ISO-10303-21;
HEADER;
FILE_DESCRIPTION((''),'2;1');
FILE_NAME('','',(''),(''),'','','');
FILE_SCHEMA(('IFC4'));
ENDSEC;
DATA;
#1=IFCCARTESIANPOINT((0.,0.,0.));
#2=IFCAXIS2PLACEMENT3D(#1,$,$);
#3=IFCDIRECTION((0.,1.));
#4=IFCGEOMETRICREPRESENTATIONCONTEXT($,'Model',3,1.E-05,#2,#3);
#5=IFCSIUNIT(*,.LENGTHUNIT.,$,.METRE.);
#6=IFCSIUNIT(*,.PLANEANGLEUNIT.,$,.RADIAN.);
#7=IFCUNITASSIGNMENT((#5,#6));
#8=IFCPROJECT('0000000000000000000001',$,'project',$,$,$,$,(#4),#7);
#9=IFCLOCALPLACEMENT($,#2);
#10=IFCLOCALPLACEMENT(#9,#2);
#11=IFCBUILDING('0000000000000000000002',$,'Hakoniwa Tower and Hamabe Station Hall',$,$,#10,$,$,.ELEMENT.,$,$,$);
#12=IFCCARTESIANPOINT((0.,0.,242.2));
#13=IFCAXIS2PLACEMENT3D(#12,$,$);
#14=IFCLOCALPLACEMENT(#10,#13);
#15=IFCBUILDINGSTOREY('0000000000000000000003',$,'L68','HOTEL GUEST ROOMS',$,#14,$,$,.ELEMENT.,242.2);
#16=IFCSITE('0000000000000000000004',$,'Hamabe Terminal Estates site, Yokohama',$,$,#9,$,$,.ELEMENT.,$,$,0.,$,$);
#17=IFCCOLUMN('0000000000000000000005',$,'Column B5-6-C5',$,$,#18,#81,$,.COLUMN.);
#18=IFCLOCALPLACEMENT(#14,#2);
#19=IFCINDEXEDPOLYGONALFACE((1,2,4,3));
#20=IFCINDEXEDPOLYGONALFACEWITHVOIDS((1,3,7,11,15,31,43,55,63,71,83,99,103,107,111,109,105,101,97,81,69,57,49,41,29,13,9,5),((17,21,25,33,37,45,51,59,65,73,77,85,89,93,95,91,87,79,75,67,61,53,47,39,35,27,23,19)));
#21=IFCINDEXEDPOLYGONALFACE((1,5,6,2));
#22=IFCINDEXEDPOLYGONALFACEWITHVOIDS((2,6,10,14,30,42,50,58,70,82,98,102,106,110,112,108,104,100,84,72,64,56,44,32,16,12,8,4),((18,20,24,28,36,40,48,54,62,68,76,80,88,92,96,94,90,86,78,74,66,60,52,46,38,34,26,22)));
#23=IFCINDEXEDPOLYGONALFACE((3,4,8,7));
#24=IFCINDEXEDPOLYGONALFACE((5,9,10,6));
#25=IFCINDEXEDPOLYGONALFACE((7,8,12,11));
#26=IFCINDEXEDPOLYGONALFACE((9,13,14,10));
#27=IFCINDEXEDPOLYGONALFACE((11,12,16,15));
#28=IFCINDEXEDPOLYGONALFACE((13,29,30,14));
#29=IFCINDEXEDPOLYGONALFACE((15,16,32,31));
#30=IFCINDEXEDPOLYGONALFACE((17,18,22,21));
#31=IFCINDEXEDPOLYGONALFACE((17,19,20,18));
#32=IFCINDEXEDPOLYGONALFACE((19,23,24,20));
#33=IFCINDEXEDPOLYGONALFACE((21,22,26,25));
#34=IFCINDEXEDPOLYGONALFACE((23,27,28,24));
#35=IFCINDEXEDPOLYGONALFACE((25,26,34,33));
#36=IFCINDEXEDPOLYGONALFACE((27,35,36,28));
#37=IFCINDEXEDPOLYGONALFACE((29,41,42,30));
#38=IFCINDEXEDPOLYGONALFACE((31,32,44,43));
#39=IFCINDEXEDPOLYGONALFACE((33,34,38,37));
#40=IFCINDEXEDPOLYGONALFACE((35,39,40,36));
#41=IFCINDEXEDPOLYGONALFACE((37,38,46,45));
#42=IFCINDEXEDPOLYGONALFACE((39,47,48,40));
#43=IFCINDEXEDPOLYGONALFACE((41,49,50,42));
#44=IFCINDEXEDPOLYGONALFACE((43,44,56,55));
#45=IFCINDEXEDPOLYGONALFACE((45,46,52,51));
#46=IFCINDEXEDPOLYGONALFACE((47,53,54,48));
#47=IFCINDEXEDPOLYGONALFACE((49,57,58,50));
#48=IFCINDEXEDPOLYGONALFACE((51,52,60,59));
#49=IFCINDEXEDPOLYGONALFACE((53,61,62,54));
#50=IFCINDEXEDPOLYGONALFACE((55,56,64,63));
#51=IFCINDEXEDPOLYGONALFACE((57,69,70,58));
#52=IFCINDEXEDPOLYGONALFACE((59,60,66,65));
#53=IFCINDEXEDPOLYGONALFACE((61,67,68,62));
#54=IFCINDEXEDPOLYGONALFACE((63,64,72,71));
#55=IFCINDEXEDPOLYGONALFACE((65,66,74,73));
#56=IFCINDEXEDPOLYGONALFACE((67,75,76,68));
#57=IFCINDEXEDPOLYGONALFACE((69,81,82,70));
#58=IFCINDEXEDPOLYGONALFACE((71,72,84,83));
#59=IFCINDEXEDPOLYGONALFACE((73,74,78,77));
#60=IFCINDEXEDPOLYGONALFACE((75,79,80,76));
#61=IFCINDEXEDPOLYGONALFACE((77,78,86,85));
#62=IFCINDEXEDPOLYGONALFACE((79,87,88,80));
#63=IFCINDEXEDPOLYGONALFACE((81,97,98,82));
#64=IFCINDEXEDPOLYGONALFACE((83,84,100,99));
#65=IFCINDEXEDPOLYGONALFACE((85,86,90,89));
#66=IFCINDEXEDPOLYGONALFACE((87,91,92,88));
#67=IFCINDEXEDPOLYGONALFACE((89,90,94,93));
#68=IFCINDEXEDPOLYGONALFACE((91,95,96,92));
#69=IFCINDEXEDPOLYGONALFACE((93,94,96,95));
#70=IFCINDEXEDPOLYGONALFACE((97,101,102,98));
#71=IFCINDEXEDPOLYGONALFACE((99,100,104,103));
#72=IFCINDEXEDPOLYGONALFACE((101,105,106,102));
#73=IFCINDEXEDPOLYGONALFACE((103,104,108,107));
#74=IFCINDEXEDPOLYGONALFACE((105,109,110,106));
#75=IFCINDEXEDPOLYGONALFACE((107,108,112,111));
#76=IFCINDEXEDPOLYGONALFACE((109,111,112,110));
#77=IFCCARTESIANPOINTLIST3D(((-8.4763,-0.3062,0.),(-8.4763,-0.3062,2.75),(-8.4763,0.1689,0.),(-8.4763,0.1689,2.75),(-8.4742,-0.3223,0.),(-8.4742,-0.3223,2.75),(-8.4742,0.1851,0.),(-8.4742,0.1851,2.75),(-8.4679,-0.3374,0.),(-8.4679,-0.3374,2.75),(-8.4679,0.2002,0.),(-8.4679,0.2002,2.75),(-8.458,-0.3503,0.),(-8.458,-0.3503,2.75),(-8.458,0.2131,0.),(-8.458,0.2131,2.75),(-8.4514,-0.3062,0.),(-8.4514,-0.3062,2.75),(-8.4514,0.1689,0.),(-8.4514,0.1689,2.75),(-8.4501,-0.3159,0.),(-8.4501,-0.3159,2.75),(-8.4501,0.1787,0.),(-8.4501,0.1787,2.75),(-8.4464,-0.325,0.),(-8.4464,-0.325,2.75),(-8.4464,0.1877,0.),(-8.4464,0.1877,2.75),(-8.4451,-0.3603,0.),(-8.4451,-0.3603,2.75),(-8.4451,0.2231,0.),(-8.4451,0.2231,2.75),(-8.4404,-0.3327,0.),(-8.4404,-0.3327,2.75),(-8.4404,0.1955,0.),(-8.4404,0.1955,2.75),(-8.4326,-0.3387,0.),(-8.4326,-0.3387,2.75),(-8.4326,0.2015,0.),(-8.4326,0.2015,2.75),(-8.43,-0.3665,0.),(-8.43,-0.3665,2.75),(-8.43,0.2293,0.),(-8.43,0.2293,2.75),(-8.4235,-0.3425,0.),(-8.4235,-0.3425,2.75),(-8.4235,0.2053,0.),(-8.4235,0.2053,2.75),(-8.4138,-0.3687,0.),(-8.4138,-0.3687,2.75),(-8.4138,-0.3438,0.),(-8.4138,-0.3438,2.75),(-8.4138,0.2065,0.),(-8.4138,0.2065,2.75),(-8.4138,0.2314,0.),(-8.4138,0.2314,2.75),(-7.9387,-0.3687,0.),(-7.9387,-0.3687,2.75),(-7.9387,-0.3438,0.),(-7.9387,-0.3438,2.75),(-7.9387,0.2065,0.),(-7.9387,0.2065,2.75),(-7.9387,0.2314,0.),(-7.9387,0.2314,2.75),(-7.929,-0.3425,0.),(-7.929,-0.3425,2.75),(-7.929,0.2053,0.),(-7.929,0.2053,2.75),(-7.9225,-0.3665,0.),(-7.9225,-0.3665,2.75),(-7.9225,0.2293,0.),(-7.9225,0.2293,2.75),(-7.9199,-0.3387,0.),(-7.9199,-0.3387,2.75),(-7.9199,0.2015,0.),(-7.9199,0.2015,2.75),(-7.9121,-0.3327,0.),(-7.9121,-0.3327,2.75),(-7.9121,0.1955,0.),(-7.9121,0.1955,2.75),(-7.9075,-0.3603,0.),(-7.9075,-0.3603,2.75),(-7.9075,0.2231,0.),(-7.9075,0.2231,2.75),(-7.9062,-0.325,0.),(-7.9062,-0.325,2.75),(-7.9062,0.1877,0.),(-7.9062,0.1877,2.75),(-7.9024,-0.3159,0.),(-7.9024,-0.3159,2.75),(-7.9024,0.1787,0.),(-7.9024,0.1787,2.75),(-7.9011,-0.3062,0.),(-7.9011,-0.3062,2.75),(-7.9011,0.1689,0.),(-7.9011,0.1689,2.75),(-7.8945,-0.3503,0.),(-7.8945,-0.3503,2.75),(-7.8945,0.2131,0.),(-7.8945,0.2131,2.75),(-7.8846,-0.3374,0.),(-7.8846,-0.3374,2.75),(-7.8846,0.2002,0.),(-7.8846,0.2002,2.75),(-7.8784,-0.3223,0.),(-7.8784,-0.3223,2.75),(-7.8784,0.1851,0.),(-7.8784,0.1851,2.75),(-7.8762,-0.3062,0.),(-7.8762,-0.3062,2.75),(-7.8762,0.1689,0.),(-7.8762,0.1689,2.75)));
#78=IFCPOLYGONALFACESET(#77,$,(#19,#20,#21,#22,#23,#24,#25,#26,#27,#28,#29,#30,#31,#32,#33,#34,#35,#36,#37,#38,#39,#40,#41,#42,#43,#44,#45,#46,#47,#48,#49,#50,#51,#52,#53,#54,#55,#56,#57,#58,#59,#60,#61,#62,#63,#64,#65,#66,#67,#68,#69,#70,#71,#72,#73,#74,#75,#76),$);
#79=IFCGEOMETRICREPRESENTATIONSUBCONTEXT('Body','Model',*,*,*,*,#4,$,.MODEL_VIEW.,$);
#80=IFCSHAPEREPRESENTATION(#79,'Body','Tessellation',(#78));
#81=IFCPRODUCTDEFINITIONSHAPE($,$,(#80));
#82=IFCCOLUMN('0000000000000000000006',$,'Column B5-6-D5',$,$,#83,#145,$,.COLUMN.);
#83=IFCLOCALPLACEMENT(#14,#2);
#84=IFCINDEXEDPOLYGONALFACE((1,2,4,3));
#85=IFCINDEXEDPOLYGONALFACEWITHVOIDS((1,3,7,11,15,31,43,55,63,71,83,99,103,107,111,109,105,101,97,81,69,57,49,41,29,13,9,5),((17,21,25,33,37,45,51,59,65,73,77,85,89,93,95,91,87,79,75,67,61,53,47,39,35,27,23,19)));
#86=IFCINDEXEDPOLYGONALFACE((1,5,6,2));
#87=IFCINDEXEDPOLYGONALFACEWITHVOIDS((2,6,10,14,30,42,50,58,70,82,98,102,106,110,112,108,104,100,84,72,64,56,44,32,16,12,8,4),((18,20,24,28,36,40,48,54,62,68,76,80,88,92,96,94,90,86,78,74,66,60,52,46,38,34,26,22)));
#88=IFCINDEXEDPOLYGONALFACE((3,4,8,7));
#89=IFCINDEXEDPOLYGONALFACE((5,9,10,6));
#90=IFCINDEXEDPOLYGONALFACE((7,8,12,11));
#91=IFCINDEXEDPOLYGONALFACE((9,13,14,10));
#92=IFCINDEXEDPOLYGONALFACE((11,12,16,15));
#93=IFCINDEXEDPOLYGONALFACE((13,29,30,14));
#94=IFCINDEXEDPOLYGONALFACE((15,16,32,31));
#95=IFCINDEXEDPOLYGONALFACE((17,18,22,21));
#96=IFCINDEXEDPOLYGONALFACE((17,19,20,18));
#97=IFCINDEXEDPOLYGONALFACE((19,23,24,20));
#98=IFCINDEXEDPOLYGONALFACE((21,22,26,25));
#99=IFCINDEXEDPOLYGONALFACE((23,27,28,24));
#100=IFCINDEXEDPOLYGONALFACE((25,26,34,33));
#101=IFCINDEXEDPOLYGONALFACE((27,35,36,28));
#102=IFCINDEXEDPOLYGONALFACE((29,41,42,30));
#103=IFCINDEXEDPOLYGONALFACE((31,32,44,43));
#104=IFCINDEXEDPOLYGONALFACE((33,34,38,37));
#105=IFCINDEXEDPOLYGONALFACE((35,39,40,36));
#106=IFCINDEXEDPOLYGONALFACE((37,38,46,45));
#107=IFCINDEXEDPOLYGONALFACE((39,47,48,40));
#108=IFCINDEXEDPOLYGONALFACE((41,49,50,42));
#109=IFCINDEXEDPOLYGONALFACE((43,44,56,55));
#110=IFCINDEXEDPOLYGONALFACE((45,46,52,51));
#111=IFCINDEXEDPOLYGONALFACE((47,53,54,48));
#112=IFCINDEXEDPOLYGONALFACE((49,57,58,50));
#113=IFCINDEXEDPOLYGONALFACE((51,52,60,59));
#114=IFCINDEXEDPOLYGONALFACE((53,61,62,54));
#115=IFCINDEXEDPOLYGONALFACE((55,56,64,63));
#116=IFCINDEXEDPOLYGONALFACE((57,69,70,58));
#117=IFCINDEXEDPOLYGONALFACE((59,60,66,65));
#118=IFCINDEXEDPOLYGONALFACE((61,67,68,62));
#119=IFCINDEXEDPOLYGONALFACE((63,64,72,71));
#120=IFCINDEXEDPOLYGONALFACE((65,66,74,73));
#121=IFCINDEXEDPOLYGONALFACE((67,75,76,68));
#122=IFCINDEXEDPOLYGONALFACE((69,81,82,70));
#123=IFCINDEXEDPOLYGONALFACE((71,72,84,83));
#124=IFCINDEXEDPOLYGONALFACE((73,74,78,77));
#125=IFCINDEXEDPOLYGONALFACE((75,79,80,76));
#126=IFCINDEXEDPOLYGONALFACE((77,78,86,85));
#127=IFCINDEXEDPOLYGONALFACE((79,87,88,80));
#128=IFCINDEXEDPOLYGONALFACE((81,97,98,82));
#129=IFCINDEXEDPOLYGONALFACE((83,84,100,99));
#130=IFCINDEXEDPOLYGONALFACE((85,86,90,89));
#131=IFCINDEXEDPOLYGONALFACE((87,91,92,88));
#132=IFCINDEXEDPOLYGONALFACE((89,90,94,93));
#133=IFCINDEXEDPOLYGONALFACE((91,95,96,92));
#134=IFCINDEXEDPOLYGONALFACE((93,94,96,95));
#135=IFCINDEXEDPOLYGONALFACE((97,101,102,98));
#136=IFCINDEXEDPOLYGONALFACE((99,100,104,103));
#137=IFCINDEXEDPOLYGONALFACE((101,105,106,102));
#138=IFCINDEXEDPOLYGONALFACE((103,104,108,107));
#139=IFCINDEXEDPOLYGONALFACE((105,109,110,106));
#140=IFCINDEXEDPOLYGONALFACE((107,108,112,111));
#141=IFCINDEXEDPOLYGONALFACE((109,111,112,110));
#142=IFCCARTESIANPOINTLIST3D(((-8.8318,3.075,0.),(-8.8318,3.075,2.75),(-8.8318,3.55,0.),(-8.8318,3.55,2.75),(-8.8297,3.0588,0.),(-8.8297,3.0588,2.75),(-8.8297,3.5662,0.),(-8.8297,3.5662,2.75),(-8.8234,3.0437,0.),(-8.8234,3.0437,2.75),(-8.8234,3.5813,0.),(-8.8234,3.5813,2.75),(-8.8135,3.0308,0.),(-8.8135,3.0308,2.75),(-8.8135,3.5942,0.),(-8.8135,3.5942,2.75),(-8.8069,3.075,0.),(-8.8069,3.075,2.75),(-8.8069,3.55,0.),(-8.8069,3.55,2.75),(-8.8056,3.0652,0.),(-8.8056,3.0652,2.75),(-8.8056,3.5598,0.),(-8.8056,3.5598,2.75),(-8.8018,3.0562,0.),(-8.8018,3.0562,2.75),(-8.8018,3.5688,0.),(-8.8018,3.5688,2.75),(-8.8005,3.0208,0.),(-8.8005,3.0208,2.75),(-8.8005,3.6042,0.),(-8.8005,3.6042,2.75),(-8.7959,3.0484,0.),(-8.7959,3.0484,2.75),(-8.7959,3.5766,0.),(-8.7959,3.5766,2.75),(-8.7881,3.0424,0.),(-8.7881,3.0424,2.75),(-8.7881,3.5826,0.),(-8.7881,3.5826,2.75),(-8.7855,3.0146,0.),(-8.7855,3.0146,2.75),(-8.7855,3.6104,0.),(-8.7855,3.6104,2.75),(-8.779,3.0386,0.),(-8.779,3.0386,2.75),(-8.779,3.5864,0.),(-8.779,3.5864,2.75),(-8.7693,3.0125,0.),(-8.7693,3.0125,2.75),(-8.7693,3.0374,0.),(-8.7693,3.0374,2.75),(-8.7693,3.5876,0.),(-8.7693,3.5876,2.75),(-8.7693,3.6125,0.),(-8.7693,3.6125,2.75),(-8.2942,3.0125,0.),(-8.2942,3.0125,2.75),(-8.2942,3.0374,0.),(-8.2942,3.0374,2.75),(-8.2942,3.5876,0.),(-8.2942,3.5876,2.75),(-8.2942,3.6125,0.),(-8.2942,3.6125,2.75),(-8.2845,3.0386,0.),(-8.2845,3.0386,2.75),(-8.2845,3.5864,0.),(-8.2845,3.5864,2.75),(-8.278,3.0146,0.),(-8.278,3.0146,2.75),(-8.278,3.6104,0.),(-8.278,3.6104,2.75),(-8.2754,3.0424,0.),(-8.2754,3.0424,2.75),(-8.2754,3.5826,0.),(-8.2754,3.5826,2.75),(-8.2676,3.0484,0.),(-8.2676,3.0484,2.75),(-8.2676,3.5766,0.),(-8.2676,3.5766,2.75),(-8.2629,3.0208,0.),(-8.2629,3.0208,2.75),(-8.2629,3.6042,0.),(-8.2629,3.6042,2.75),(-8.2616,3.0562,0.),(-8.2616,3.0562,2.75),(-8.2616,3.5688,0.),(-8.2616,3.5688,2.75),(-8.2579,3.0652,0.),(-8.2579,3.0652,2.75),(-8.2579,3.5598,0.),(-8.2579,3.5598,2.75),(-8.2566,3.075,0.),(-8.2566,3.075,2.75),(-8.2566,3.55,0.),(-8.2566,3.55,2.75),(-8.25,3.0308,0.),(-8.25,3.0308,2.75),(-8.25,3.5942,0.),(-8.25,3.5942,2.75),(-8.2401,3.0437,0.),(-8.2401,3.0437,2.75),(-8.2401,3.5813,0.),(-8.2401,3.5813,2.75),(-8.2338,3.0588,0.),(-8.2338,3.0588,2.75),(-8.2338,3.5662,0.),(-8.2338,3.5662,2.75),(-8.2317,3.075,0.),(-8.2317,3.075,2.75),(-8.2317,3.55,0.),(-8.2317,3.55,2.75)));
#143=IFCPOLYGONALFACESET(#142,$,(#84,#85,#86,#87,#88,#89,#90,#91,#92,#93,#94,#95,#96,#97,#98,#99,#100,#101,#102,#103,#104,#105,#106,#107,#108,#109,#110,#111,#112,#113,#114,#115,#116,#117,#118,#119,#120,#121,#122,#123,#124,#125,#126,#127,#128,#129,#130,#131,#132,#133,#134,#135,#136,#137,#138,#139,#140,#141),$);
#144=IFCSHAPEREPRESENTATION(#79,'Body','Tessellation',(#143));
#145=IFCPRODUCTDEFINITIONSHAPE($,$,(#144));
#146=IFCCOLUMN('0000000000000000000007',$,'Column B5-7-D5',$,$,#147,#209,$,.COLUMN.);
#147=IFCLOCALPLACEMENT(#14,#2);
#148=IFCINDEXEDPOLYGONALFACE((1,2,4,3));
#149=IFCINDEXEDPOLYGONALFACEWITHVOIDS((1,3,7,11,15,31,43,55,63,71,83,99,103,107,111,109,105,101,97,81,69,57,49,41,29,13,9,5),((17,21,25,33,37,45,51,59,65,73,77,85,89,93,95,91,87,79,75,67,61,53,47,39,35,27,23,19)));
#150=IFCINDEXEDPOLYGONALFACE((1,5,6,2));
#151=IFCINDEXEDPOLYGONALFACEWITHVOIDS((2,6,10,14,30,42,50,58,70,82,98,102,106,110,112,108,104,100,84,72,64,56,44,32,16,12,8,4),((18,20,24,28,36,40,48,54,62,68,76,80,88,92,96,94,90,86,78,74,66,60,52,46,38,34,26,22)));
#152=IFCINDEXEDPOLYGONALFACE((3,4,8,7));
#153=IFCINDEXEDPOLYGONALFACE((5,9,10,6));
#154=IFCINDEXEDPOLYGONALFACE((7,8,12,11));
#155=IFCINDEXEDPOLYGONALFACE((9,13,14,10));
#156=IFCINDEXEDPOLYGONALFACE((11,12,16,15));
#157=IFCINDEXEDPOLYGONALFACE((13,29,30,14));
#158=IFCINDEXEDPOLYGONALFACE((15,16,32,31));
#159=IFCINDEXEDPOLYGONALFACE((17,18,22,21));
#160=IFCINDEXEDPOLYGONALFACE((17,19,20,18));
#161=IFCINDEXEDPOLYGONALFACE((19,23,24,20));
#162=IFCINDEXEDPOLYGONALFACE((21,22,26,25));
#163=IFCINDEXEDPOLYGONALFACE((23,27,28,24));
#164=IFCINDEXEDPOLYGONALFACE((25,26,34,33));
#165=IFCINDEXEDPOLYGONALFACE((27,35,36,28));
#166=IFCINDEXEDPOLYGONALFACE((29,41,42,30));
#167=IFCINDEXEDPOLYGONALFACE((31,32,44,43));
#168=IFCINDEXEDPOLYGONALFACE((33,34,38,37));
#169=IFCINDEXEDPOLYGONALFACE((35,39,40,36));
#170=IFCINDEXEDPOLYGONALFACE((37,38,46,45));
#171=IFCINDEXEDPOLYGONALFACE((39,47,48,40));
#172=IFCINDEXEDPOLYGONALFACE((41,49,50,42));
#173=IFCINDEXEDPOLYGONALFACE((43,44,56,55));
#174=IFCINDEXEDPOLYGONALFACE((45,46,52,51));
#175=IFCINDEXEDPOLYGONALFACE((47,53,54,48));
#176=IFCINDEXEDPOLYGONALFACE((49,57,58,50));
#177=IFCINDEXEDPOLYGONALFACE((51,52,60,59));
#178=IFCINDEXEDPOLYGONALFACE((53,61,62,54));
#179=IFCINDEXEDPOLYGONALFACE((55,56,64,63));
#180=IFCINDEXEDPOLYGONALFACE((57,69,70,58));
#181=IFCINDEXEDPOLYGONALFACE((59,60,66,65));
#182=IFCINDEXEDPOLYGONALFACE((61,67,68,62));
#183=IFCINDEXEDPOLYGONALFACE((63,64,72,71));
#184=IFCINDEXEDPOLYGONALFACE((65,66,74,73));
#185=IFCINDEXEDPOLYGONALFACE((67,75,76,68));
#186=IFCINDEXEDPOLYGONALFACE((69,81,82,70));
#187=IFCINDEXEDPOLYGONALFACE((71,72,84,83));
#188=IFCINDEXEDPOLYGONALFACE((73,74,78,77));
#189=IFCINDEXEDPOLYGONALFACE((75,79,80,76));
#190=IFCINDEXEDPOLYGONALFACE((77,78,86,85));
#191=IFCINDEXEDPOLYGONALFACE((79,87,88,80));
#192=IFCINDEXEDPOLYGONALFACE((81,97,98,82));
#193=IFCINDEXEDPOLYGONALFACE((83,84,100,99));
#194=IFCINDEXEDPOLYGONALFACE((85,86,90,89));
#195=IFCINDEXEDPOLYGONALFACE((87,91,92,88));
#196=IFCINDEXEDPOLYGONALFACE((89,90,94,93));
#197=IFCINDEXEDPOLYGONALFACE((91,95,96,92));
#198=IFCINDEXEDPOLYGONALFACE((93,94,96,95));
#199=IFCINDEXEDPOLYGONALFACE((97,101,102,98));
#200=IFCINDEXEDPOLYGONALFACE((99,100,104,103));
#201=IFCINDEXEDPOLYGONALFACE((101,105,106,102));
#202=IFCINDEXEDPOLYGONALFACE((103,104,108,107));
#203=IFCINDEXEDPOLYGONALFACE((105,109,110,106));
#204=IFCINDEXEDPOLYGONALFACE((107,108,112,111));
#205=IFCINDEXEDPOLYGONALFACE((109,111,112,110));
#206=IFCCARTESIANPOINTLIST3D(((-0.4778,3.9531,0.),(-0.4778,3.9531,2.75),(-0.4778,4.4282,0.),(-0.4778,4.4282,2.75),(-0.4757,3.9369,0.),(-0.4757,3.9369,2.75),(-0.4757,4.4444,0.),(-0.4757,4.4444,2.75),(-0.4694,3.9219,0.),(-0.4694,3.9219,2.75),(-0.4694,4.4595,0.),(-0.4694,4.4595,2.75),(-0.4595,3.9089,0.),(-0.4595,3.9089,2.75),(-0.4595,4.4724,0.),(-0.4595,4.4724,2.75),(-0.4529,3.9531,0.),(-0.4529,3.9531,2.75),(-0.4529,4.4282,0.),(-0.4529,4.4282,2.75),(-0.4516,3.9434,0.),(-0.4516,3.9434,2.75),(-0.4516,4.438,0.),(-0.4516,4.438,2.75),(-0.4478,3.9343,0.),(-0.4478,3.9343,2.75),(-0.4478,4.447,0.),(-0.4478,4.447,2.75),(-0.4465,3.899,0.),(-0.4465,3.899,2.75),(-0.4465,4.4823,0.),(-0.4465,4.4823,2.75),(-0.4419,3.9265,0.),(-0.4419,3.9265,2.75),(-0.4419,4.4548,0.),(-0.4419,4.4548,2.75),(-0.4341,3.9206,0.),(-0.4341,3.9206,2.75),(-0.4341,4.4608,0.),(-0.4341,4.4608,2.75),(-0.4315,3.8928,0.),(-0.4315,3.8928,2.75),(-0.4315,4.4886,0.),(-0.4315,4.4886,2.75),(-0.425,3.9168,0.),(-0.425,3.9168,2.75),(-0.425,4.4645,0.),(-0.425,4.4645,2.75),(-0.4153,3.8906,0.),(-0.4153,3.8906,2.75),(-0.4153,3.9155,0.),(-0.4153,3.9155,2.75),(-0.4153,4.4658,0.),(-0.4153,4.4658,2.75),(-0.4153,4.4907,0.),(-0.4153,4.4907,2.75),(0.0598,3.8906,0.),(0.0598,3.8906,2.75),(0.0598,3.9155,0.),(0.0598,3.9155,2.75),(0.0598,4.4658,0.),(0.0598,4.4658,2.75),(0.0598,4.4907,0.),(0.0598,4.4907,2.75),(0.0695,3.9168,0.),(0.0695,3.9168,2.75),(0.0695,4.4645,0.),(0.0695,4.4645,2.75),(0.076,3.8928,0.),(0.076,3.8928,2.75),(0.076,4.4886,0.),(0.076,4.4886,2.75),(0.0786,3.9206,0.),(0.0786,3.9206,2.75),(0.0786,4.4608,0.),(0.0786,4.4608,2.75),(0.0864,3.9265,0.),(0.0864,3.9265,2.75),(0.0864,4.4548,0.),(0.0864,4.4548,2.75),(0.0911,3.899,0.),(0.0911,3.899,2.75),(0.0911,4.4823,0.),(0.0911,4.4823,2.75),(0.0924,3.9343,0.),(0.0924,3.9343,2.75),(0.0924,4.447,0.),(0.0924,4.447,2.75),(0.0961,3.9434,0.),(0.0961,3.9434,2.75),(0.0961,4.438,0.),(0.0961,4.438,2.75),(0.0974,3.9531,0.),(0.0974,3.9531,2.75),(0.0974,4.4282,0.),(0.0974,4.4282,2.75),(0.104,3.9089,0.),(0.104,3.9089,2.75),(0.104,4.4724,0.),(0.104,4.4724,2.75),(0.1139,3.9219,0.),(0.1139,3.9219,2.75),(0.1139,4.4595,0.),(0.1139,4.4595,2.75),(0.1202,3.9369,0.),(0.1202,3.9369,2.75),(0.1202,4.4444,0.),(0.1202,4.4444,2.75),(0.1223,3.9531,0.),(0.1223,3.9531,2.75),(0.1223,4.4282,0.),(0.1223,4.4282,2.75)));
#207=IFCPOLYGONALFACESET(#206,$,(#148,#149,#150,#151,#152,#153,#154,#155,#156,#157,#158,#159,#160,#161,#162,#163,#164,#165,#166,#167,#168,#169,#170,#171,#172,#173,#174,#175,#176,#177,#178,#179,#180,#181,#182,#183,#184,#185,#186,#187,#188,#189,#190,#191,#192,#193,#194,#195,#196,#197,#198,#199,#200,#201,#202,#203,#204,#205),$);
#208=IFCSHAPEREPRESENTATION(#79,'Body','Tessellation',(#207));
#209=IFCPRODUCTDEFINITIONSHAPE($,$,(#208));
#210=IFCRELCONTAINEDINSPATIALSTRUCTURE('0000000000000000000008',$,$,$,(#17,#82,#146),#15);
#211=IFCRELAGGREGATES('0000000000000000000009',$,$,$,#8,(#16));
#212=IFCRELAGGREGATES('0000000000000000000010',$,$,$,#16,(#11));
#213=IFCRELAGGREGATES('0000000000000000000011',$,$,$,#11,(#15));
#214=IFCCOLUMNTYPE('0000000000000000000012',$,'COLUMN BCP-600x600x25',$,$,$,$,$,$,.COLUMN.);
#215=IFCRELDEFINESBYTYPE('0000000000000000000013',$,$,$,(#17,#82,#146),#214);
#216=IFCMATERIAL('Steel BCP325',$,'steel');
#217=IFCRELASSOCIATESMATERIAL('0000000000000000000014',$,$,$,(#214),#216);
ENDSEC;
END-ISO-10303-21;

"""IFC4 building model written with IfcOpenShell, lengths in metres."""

from ifc_helpers import new_model, si_unit, direction, frame, origin, origin_2d, place, context, subcontext, project, spatial, hollow_rectangle, extrude, material, material_profile, profile_set, type_object, element, save


model = new_model("IFC4")

# Units and contexts
model_context = context("Model", 3, precision=1e-05, world=origin(), true_north=direction((0.0, 1.0)))
body_context = subcontext(model_context, "Body", "Model", "MODEL_VIEW")
ifc_project = project(units=[si_unit("LENGTHUNIT", "METRE"), si_unit("PLANEANGLEUNIT", "RADIAN")], contexts=[model_context])

# Site, building, storey
site_placement = place(None, origin())
site = spatial("IfcSite", under=ifc_project, at=site_placement, Name="Hamabe Terminal Estates site, Yokohama", CompositionType="ELEMENT", RefElevation=0.0)
building_placement = place(site_placement, origin())
building = spatial("IfcBuilding", under=site, at=building_placement, Name="Hakoniwa Tower and Hamabe Station Hall", CompositionType="ELEMENT")
storey_placement = place(building_placement, frame((0.0, 0.0, 242.2)))
storey = spatial("IfcBuildingStorey", under=building, at=storey_placement, Name="L68", Description="HOTEL GUEST ROOMS", CompositionType="ELEMENT", Elevation=242.2)

# Columns
ifc_material_1 = material(Name="Steel BCP325", Category="steel")
ifc_material_profile_1 = material_profile(ifc_material_1, hollow_rectangle(XDim=0.6001, YDim=0.6001, WallThickness=0.0249, InnerFilletRadius=0.0376, OuterFilletRadius=0.0625, at=origin_2d()), Name="BCP-600x600x25")
ifc_profile_set_1 = profile_set([ifc_material_profile_1], Name="Steel BCP325")
column_type_1 = type_object("IfcColumnType", Name="COLUMN BCP-600x600x25", PredefinedType="COLUMN", material=ifc_profile_set_1)
for number, where, z_axis, x_axis, name in (
    (1, (-8.1763, -0.0686, 0.0), (0.0, 0.0, 1.0), (1.0, 0.0, 0.0), "Column B5-6-C5"),
    (2, (-8.5317, 3.3125, 0.0), (0.0, 0.0, 1.0), (1.0, 0.0, 0.0), "Column B5-6-D5"),
    (3, (-0.1777, 4.1907, 0.0), (0.0, 0.0, 1.0), (1.0, 0.0, 0.0), "Column B5-7-D5"),
):
    element("IfcColumn", number, at=place(storey_placement, frame(where, z_axis=z_axis, x_axis=x_axis)), inside=storey, type_object=column_type_1, Name=name, PredefinedType="COLUMN", context=body_context, shape_type="SweptSolid", body=[
        extrude(hollow_rectangle(XDim=0.6001, YDim=0.6001, WallThickness=0.0249, InnerFilletRadius=0.0376, OuterFilletRadius=0.0625, at=origin_2d()), origin(), (0.0, 0.0, 1.0), 2.75),
    ])

save(model, "model.ifc")
